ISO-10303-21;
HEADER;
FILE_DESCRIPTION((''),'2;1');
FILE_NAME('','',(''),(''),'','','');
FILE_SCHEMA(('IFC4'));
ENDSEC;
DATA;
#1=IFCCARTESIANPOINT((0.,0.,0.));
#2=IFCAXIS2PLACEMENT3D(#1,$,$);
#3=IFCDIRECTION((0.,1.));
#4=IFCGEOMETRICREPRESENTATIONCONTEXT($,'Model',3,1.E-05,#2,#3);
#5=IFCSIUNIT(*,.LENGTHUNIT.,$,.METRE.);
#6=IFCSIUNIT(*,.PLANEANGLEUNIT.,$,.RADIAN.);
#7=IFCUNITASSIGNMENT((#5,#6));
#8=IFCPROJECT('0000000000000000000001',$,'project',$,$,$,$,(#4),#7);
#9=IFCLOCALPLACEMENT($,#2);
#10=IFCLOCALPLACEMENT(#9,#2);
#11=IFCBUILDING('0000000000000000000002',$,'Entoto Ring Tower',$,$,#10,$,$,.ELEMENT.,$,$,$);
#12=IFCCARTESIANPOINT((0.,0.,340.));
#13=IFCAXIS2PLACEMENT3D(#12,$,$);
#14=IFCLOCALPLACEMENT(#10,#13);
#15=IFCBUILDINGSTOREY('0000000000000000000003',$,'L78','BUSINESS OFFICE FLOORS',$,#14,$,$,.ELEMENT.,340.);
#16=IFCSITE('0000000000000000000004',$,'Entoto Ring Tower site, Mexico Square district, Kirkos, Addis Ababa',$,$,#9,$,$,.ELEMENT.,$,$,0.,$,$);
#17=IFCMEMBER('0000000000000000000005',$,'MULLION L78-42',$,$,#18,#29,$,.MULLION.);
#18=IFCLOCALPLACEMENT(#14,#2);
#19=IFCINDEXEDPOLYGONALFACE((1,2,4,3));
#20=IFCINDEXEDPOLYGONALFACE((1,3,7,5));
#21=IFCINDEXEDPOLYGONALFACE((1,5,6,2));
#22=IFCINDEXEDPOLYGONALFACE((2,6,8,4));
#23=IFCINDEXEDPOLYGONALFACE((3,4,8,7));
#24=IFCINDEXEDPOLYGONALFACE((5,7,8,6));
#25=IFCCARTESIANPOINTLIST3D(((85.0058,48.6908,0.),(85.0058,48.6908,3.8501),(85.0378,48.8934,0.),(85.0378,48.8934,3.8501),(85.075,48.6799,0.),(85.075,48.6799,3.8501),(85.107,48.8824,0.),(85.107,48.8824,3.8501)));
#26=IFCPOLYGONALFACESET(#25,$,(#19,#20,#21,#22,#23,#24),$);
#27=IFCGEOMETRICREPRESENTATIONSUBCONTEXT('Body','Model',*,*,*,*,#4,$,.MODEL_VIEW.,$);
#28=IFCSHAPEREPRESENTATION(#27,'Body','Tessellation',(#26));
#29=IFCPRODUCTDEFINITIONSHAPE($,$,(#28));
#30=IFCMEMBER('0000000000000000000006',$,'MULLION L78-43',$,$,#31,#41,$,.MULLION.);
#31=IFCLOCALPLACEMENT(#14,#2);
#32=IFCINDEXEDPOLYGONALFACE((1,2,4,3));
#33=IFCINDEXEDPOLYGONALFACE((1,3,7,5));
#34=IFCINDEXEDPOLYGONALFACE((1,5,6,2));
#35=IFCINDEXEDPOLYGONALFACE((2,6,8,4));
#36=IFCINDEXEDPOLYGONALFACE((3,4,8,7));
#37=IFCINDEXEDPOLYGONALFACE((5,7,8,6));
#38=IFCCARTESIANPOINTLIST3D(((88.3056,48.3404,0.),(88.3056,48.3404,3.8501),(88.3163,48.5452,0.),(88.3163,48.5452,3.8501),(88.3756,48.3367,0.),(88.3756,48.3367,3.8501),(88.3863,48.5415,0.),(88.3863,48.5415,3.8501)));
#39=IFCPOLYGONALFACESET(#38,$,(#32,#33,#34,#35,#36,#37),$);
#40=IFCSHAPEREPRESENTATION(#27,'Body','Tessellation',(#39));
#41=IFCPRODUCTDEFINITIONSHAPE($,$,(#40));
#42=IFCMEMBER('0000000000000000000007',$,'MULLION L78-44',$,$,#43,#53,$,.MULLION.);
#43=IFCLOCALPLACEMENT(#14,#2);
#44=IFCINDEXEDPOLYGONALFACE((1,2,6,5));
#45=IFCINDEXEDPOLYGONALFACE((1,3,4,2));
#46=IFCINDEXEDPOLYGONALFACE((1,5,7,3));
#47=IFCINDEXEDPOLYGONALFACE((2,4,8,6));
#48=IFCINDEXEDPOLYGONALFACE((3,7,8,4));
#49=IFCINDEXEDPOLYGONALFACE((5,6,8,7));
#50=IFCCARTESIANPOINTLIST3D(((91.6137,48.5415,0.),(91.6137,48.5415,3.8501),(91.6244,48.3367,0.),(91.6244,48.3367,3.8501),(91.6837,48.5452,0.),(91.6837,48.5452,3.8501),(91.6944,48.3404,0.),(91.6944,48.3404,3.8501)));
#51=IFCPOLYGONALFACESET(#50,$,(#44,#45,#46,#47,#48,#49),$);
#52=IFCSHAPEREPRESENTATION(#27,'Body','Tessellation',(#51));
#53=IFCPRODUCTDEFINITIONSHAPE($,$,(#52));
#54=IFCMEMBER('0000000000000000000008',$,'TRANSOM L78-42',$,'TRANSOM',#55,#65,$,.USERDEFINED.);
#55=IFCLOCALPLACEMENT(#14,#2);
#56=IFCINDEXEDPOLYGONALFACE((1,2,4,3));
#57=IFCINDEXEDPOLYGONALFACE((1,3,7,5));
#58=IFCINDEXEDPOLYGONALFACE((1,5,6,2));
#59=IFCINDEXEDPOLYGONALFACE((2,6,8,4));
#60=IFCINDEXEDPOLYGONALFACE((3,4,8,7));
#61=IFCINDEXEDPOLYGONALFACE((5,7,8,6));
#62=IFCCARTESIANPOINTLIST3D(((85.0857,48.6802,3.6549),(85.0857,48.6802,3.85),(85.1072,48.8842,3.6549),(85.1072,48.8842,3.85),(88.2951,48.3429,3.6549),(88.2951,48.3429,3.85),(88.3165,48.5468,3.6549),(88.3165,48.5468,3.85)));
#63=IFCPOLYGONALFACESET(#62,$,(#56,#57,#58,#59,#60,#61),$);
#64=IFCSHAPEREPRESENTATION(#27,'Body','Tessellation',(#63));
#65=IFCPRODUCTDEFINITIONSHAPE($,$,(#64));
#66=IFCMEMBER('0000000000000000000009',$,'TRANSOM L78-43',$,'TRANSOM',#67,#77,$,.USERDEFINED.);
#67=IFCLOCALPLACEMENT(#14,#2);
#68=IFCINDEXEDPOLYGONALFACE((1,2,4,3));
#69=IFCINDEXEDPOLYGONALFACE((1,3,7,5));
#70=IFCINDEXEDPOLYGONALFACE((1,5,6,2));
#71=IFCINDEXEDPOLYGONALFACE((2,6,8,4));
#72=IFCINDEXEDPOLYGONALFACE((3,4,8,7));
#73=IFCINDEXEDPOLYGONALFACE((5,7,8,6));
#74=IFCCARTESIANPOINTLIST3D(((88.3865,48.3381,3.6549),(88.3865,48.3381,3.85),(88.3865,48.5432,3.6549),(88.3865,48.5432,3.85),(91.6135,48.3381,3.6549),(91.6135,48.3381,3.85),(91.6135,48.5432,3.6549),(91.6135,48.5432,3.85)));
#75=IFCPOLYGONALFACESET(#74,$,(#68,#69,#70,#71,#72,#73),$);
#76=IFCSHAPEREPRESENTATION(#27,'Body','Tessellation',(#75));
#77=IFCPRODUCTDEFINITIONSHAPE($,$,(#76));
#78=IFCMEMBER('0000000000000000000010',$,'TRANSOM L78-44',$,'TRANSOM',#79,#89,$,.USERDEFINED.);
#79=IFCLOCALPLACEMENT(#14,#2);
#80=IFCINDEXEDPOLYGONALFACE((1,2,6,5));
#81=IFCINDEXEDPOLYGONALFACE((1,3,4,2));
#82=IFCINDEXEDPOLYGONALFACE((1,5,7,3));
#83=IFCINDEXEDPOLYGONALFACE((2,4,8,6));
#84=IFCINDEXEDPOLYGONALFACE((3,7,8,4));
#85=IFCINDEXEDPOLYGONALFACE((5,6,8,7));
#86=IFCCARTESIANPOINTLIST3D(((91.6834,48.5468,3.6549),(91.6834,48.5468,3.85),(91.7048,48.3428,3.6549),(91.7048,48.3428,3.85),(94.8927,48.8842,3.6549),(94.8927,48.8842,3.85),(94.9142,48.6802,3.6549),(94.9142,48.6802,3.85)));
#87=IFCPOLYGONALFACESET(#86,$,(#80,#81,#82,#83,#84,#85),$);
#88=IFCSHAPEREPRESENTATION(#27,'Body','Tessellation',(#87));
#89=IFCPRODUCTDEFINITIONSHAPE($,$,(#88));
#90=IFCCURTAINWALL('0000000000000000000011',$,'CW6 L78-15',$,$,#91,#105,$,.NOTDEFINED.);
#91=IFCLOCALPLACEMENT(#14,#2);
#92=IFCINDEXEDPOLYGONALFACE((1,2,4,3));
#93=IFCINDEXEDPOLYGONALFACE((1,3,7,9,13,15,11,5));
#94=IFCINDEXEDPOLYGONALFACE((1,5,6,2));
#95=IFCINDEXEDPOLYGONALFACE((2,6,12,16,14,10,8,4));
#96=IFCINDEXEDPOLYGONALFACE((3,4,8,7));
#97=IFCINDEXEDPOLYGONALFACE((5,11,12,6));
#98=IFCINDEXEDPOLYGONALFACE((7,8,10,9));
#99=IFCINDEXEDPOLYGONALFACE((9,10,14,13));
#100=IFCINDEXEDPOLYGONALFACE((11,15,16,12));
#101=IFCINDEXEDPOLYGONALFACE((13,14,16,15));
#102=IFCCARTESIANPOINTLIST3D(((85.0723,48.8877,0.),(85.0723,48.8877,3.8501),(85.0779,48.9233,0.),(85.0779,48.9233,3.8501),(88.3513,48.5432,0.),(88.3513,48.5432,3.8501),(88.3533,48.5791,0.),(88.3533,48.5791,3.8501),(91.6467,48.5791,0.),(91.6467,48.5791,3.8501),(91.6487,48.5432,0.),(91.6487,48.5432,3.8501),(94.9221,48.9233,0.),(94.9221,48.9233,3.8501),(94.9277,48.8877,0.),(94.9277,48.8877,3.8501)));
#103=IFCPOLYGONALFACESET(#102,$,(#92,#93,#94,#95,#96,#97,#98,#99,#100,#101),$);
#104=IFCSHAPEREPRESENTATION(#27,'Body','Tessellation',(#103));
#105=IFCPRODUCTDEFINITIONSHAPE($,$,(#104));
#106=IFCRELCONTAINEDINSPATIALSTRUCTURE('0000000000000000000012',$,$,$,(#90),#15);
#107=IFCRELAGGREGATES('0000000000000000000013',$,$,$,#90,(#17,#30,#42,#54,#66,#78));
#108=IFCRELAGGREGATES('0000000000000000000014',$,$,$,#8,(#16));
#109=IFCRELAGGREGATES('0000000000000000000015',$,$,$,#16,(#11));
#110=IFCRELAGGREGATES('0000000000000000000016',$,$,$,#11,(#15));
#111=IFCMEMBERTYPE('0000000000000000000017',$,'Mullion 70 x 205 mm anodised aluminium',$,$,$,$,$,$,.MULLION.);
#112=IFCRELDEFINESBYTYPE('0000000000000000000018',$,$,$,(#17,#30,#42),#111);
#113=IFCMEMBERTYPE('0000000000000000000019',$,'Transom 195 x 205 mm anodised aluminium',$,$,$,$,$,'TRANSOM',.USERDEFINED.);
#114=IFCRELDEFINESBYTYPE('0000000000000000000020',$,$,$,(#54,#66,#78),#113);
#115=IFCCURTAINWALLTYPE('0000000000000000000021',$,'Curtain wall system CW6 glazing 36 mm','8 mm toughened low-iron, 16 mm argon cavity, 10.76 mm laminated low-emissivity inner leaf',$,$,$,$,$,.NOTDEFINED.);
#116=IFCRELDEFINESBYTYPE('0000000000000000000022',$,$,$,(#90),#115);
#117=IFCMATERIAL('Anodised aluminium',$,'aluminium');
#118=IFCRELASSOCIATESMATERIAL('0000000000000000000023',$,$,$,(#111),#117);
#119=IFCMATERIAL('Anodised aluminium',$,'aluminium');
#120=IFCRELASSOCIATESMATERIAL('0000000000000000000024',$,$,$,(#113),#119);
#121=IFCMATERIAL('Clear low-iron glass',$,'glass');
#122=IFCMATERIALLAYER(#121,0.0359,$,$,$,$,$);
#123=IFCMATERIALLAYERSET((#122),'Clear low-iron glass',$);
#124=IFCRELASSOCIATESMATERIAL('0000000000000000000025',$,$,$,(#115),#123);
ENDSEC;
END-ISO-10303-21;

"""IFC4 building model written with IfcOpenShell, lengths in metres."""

from ifc_helpers import new_model, si_unit, direction, frame, origin, origin_2d, place, context, subcontext, project, spatial, polyline, rectangle, outline, extrude, material, layer, layer_set, material_profile, profile_set, type_object, element, aggregate, save


model = new_model("IFC4")

# Units and contexts
model_context = context("Model", 3, precision=1e-05, world=origin(), true_north=direction((0.0, 1.0)))
body_context = subcontext(model_context, "Body", "Model", "MODEL_VIEW")
ifc_project = project(units=[si_unit("LENGTHUNIT", "METRE"), si_unit("PLANEANGLEUNIT", "RADIAN")], contexts=[model_context])

# Members
ifc_material_1 = material(Name="Anodised aluminium", Category="aluminium")
ifc_material_profile_1 = material_profile(ifc_material_1, rectangle(XDim=0.0701, YDim=0.2051, at=origin_2d()), Name="Mullion 70 x 205 mm anodised aluminium")
ifc_profile_set_1 = profile_set([ifc_material_profile_1], Name="Anodised aluminium")
member_type_1 = type_object("IfcMemberType", Name="Mullion 70 x 205 mm anodised aluminium", PredefinedType="MULLION", material=ifc_profile_set_1)
site_placement = place(None, origin())
building_placement = place(site_placement, origin())
storey_placement = place(building_placement, frame((0.0, 0.0, 340.0)))
member_1_placement = place(storey_placement, frame((85.0564, 48.7866, 0.0), z_axis=(0.0, 0.0, 1.0), x_axis=(0.987688, -0.156434, 0.0)))
member_1 = element("IfcMember", 1, at=member_1_placement, type_object=member_type_1, Name="MULLION L78-42", PredefinedType="MULLION", context=body_context, shape_type="SweptSolid", body=[
    extrude(rectangle(XDim=0.0701, YDim=0.2051, at=origin_2d()), origin(), (0.0, 0.0, 1.0), 3.8501),
])
member_2_placement = place(storey_placement, frame((88.3459, 48.4409, 0.0), z_axis=(0.0, 0.0, 1.0), x_axis=(0.99863, -0.052336, 0.0)))
member_2 = element("IfcMember", 2, at=member_2_placement, type_object=member_type_1, Name="MULLION L78-43", PredefinedType="MULLION", context=body_context, shape_type="SweptSolid", body=[
    extrude(rectangle(XDim=0.0701, YDim=0.2051, at=origin_2d()), origin(), (0.0, 0.0, 1.0), 3.8501),
])
member_3_placement = place(storey_placement, frame((91.6541, 48.4409, 0.0), z_axis=(0.0, 0.0, 1.0), x_axis=(0.99863, 0.052336, 0.0)))
member_3 = element("IfcMember", 3, at=member_3_placement, type_object=member_type_1, Name="MULLION L78-44", PredefinedType="MULLION", context=body_context, shape_type="SweptSolid", body=[
    extrude(rectangle(XDim=0.0701, YDim=0.2051, at=origin_2d()), origin(), (0.0, 0.0, 1.0), 3.8501),
])
ifc_material_2 = material(Name="Anodised aluminium", Category="aluminium")
ifc_material_profile_2 = material_profile(ifc_material_2, rectangle(XDim=0.2051, YDim=0.1951, at=origin_2d()), Name="Transom 195 x 205 mm anodised aluminium")
ifc_profile_set_2 = profile_set([ifc_material_profile_2], Name="Anodised aluminium")
member_type_2 = type_object("IfcMemberType", Name="Transom 195 x 205 mm anodised aluminium", ElementType="TRANSOM", PredefinedType="USERDEFINED", material=ifc_profile_set_2)
member_4_placement = place(storey_placement, frame((85.0964, 48.7822, 3.7524), z_axis=(0.99452, -0.104551, 0.0), x_axis=(0.104551, 0.99452, 0.0)))
member_4 = element("IfcMember", 4, at=member_4_placement, type_object=member_type_2, Name="TRANSOM L78-42", ObjectType="TRANSOM", PredefinedType="USERDEFINED", context=body_context, shape_type="SweptSolid", body=[
    extrude(rectangle(XDim=0.2051, YDim=0.1951, at=origin_2d()), origin(), (0.0, 0.0, 1.0), 3.2271),
])
member_5_placement = place(storey_placement, frame((88.3865, 48.4407, 3.7524), z_axis=(1.0, 0.0, 0.0), x_axis=(0.0, 1.0, 0.0)))
member_5 = element("IfcMember", 5, at=member_5_placement, type_object=member_type_2, Name="TRANSOM L78-43", ObjectType="TRANSOM", PredefinedType="USERDEFINED", context=body_context, shape_type="SweptSolid", body=[
    extrude(rectangle(XDim=0.2051, YDim=0.1951, at=origin_2d()), origin(), (0.0, 0.0, 1.0), 3.2271),
])
member_6_placement = place(storey_placement, frame((91.6941, 48.4448, 3.7524), z_axis=(0.99452, 0.104551, 0.0), x_axis=(-0.104551, 0.99452, 0.0)))
member_6 = element("IfcMember", 6, at=member_6_placement, type_object=member_type_2, Name="TRANSOM L78-44", ObjectType="TRANSOM", PredefinedType="USERDEFINED", context=body_context, shape_type="SweptSolid", body=[
    extrude(rectangle(XDim=0.2051, YDim=0.1951, at=origin_2d()), origin(), (0.0, 0.0, 1.0), 3.2271),
])

# Site, building, storey
site = spatial("IfcSite", under=ifc_project, at=site_placement, Name="Entoto Ring Tower site, Mexico Square district, Kirkos, Addis Ababa", CompositionType="ELEMENT", RefElevation=0.0)
building = spatial("IfcBuilding", under=site, at=building_placement, Name="Entoto Ring Tower", CompositionType="ELEMENT")
storey = spatial("IfcBuildingStorey", under=building, at=storey_placement, Name="L78", Description="BUSINESS OFFICE FLOORS", CompositionType="ELEMENT", Elevation=340.0)

# Curtain wall
ifc_material_3 = material(Name="Clear low-iron glass", Category="glass")
ifc_layer = layer(ifc_material_3, 0.0359)
ifc_layer_set = layer_set([ifc_layer], Name="Clear low-iron glass")
curtain_wall_type = type_object("IfcCurtainWallType", Name="Curtain wall system CW6 glazing 36 mm", Description="8 mm toughened low-iron, 16 mm argon cavity, 10.76 mm laminated low-emissivity inner leaf", PredefinedType="NOTDEFINED", material=ifc_layer_set)
curtain_wall_1_placement = place(storey_placement, origin())
curtain_wall_1 = element("IfcCurtainWall", 7, at=curtain_wall_1_placement, inside=storey, type_object=curtain_wall_type, Name="CW6 L78-15", PredefinedType="NOTDEFINED", context=body_context, shape_type="SweptSolid", body=[
    extrude(outline(polyline([(85.0723, 48.8877), (88.3513, 48.5432), (91.6487, 48.5432), (94.9277, 48.8877), (94.9221, 48.9233), (91.6467, 48.5791), (88.3533, 48.5791), (85.0779, 48.9233), (85.0723, 48.8877)])), origin(), (0.0, 0.0, 1.0), 3.8501),
])
aggregate(curtain_wall_1, [member_1, member_2, member_3, member_4, member_5, member_6])

save(model, "model.ifc")
